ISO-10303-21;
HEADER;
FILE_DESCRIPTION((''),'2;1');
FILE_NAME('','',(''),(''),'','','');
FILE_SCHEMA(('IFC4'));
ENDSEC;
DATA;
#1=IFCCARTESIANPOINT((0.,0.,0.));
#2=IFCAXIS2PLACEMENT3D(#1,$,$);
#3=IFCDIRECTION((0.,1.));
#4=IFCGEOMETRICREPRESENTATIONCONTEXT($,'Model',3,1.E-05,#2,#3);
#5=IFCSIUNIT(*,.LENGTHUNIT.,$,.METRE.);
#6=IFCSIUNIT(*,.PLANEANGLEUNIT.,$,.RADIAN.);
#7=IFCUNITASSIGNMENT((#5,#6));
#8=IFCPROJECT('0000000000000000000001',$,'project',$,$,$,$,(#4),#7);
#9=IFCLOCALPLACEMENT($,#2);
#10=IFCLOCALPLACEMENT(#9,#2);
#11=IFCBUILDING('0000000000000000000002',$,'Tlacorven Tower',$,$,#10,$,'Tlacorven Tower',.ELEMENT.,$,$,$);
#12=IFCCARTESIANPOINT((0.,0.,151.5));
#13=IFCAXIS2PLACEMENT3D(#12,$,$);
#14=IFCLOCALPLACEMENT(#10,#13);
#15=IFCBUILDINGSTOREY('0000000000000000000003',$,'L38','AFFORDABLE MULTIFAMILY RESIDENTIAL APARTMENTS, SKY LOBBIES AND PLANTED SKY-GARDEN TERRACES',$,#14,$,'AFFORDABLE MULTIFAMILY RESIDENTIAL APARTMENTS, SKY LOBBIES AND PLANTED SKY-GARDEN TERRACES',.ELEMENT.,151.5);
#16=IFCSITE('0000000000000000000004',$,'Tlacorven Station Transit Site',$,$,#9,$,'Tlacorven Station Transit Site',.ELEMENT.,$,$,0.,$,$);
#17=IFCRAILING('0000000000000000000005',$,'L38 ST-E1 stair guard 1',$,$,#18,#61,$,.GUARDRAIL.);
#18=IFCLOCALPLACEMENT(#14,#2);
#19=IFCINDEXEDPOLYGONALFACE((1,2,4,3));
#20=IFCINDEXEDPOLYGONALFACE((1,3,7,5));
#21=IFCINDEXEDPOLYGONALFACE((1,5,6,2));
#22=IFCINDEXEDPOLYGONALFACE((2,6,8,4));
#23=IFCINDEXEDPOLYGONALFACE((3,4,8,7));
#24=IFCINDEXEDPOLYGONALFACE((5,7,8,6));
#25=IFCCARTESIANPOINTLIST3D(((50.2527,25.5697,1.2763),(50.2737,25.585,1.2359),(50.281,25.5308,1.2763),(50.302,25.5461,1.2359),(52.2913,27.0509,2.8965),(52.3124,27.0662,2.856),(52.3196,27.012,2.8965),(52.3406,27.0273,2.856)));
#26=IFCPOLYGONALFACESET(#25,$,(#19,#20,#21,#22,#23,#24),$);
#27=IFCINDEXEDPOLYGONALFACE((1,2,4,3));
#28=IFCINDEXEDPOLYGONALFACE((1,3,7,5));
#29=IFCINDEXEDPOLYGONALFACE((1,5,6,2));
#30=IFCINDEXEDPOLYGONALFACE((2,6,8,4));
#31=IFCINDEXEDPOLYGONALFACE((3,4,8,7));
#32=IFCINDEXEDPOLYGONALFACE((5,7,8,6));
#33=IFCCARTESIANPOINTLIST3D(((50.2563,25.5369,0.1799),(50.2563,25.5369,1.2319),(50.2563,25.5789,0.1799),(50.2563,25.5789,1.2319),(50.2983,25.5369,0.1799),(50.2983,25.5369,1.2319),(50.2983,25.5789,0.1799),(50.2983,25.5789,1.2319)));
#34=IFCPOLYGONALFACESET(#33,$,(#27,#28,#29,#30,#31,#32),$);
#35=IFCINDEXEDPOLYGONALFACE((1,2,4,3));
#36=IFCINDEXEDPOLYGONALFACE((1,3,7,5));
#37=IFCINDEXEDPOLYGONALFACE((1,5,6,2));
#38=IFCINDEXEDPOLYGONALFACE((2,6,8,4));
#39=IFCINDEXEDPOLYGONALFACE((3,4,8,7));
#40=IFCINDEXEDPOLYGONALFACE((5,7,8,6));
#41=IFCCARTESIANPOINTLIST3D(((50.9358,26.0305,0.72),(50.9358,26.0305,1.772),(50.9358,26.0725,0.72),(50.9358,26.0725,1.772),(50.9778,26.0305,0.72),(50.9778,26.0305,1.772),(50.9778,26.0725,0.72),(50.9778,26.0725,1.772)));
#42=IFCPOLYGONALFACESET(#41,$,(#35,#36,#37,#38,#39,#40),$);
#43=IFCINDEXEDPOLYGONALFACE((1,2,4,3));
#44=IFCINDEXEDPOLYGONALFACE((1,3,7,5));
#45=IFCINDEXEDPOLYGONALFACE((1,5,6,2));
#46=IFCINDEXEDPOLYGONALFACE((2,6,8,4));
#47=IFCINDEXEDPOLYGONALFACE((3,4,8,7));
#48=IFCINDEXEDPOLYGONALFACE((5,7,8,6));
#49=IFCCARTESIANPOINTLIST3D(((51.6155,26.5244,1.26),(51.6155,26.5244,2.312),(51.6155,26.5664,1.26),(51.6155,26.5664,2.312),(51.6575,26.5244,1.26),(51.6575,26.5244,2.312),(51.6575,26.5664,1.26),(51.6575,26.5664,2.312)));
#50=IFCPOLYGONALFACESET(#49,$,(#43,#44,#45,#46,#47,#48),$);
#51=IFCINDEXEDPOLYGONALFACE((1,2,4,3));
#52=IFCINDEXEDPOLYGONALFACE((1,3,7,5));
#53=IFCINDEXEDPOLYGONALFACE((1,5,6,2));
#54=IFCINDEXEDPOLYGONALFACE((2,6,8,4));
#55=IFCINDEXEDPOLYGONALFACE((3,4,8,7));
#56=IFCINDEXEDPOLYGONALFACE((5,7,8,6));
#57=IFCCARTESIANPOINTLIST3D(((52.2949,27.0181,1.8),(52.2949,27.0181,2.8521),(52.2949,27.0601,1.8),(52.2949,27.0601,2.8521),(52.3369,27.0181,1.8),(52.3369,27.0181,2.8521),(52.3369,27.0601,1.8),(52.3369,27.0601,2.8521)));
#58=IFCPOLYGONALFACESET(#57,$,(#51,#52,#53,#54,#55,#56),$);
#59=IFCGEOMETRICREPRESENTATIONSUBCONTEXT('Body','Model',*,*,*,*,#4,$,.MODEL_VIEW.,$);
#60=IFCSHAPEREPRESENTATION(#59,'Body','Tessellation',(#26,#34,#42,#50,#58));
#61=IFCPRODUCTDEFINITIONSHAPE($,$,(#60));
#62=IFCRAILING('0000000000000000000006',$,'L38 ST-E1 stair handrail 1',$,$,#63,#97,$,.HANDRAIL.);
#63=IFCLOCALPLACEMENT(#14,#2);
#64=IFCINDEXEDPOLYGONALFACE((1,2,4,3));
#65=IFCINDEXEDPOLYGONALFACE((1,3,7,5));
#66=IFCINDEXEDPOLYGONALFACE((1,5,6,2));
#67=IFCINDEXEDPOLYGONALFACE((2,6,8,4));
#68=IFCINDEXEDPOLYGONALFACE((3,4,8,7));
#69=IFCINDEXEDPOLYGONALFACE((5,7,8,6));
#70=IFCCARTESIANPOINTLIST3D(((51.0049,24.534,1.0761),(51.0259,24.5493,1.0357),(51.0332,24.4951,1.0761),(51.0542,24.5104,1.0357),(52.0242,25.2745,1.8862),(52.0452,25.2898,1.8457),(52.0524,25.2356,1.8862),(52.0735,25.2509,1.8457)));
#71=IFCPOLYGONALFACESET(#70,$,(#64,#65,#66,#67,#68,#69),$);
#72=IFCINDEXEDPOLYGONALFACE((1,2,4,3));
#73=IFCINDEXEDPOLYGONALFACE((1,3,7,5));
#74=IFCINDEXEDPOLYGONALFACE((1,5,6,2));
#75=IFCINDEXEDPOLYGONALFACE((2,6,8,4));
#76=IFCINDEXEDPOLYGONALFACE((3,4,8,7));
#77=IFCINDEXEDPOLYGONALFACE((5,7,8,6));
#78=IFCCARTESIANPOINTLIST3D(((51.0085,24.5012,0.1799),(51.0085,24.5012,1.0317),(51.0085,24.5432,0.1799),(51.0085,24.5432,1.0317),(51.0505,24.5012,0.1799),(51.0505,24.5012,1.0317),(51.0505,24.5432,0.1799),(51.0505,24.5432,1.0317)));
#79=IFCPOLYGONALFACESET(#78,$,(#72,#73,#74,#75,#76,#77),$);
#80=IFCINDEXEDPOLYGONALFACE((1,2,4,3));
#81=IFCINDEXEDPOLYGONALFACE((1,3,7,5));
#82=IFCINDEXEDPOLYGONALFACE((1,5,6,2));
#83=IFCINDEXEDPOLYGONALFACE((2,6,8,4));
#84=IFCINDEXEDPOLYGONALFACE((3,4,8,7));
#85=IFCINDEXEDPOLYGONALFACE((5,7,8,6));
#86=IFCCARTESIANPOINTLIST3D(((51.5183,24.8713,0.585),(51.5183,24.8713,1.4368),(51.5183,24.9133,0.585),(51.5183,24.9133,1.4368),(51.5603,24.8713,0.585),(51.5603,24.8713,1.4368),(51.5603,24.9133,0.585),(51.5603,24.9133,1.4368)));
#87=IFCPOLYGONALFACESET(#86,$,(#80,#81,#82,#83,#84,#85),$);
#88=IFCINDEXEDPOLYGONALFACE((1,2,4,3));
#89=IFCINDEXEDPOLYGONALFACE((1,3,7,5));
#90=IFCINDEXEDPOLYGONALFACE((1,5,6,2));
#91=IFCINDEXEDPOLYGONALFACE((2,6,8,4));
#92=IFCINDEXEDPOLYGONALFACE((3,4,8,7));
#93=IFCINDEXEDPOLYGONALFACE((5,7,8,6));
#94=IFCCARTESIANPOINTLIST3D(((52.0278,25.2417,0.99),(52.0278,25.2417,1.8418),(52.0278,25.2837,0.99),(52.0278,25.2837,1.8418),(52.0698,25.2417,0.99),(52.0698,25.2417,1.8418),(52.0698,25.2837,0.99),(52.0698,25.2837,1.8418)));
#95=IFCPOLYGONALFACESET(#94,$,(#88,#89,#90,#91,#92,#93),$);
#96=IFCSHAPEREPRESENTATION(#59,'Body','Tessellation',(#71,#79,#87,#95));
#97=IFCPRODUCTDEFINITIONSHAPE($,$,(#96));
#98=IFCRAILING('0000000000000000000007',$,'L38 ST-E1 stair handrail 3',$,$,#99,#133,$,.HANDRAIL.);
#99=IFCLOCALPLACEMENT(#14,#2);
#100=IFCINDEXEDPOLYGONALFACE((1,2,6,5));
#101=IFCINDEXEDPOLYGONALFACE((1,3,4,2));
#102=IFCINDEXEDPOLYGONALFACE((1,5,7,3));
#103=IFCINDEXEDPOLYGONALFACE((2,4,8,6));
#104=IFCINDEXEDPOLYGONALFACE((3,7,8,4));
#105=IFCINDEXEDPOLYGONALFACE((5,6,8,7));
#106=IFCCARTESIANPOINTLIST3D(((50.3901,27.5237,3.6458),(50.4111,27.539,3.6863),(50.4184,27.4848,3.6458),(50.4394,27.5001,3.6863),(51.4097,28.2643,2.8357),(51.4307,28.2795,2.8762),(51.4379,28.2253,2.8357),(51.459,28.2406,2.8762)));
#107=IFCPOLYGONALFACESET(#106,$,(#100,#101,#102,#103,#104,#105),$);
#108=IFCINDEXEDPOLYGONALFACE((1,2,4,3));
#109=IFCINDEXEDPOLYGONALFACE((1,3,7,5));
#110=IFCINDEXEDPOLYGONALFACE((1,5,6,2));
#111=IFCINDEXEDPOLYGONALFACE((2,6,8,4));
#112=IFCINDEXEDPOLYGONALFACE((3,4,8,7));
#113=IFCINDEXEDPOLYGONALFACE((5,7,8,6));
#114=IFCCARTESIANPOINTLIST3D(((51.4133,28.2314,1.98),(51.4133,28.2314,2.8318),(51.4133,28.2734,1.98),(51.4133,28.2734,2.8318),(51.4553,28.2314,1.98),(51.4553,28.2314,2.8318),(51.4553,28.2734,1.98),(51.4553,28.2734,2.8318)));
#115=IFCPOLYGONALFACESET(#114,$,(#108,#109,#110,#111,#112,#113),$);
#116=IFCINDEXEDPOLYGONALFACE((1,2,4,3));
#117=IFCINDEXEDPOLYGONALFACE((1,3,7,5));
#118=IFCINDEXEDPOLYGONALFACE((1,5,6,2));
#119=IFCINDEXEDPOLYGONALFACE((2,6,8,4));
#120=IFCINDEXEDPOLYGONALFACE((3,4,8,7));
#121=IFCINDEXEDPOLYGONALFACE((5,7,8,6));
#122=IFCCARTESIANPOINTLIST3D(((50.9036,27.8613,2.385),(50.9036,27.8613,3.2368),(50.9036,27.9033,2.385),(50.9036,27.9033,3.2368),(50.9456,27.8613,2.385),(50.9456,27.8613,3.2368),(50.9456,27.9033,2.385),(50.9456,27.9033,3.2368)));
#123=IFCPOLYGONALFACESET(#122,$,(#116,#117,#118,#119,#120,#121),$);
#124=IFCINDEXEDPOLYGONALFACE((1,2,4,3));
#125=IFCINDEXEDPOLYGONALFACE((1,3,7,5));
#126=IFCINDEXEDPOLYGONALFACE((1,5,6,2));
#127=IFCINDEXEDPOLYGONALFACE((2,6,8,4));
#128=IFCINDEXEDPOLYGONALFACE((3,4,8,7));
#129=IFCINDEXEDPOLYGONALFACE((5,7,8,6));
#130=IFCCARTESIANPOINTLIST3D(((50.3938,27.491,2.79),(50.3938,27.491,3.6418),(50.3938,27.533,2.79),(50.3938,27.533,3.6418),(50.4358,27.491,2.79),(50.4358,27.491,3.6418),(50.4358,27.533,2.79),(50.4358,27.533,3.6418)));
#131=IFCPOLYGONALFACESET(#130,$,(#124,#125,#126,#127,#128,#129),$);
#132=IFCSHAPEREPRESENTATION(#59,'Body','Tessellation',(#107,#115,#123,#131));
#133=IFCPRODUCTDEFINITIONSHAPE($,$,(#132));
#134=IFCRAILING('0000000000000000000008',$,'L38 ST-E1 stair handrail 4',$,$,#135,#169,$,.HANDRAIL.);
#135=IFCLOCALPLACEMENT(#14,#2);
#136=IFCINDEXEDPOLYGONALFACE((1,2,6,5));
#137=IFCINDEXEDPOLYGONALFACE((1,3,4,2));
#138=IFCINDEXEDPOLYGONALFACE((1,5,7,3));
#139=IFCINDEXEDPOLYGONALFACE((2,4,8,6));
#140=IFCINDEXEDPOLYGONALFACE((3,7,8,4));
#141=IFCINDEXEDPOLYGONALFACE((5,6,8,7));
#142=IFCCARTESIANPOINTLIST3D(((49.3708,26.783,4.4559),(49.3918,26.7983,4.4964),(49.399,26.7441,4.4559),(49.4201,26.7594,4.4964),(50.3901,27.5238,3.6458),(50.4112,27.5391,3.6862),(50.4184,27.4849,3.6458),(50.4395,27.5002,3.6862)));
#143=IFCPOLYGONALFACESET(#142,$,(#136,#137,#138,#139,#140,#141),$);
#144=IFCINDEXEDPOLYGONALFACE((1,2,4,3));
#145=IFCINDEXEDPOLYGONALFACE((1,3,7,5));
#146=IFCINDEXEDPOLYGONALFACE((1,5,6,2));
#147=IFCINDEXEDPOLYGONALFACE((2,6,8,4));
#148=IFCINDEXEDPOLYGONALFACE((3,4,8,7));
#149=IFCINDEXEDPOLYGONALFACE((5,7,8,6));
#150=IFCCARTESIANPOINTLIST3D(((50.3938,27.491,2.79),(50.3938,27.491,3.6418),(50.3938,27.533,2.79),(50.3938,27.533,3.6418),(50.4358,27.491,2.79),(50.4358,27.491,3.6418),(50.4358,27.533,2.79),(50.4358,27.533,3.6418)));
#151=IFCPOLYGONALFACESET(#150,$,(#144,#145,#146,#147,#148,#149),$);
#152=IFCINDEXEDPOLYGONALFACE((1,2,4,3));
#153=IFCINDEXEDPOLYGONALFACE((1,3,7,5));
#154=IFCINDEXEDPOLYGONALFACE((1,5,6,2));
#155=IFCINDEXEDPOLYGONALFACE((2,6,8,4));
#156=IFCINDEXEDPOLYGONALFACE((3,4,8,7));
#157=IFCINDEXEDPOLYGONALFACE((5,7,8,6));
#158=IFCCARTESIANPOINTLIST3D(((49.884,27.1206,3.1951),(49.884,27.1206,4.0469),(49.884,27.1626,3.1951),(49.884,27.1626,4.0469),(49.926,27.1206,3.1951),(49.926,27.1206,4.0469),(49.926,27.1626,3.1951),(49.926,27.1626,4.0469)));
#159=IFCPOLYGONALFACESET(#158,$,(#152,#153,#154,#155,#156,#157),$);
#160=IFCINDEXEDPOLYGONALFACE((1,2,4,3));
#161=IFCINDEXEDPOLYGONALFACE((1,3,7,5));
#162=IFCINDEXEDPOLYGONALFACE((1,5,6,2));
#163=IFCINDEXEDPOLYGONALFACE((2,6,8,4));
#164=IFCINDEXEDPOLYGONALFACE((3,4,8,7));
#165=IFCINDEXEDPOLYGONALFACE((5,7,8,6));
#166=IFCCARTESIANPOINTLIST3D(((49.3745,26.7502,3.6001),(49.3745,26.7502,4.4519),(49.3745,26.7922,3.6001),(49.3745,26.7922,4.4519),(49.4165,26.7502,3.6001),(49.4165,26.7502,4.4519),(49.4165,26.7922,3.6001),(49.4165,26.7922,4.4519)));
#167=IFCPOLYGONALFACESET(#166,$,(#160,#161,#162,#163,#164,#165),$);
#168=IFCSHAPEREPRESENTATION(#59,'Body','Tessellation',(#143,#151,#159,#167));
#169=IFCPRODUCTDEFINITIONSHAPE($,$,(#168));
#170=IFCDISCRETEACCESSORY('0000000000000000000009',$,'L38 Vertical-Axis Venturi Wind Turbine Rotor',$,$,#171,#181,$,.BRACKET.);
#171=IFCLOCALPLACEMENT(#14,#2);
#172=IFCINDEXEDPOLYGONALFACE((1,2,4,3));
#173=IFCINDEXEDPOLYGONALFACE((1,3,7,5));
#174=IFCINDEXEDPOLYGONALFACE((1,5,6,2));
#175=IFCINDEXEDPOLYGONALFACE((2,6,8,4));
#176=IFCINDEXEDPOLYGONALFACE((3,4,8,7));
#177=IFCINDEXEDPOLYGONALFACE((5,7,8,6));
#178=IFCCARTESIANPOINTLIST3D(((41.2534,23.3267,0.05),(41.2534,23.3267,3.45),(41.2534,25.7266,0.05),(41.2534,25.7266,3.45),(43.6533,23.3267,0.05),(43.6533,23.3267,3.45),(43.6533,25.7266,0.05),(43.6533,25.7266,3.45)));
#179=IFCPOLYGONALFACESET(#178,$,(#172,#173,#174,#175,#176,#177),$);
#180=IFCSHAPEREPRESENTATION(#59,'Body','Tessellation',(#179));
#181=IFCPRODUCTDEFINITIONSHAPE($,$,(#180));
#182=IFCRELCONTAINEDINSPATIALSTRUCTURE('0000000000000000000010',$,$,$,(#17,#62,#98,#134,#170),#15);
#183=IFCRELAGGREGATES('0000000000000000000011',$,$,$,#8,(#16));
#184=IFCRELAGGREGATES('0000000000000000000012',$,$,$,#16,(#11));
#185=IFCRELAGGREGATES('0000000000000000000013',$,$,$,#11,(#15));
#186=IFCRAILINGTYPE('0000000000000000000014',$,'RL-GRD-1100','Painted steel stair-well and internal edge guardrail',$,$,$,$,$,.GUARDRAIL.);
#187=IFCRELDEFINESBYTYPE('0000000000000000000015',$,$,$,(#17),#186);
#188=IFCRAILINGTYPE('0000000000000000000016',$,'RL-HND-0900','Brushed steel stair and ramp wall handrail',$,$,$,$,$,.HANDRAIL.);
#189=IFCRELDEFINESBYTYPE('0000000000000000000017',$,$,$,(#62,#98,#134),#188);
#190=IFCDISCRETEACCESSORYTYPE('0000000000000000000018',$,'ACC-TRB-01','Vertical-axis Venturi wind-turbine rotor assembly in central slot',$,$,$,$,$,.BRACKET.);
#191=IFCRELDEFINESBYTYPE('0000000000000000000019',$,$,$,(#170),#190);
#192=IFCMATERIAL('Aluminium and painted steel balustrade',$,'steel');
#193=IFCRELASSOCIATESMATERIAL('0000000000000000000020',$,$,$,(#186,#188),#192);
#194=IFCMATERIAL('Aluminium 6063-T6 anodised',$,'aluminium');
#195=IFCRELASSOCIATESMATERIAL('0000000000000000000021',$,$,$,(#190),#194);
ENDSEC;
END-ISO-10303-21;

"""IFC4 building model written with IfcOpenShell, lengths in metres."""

from ifc_helpers import new_model, si_unit, direction, frame, origin, origin_2d, place, context, subcontext, project, spatial, rectangle, extrude, source, transform, mapped, material, type_object, element, save


model = new_model("IFC4")

# Units and contexts
model_context = context("Model", 3, precision=1e-05, world=origin(), true_north=direction((0.0, 1.0)))
body_context = subcontext(model_context, "Body", "Model", "MODEL_VIEW")
ifc_project = project(units=[si_unit("LENGTHUNIT", "METRE"), si_unit("PLANEANGLEUNIT", "RADIAN")], contexts=[model_context])

# Site, building, storey
site_placement = place(None, origin())
site = spatial("IfcSite", under=ifc_project, at=site_placement, Name="Tlacorven Station Transit Site", LongName="Tlacorven Station Transit Site", CompositionType="ELEMENT", RefElevation=0.0)
building_placement = place(site_placement, origin())
building = spatial("IfcBuilding", under=site, at=building_placement, Name="Tlacorven Tower", LongName="Tlacorven Tower", CompositionType="ELEMENT")
storey_placement = place(building_placement, frame((0.0, 0.0, 151.5)))
storey = spatial("IfcBuildingStorey", under=building, at=storey_placement, Name="L38", Description="AFFORDABLE MULTIFAMILY RESIDENTIAL APARTMENTS, SKY LOBBIES AND PLANTED SKY-GARDEN TERRACES", LongName="AFFORDABLE MULTIFAMILY RESIDENTIAL APARTMENTS, SKY LOBBIES AND PLANTED SKY-GARDEN TERRACES", CompositionType="ELEMENT", Elevation=151.5)

# Railings
ifc_material_1 = material(Name="Aluminium and painted steel balustrade", Category="steel")
railing_type_1 = type_object("IfcRailingType", Name="RL-GRD-1100", Description="Painted steel stair-well and internal edge guardrail", PredefinedType="GUARDRAIL", material=ifc_material_1)
shared_shape_1 = source(origin(), body_context, "Body", "SweptSolid", [
    extrude(rectangle(XDim=0.0481, YDim=0.0481, at=origin_2d()), frame((0.0, 0.0, 1.0762), z_axis=(0.680489, 0.494434, 0.540805), x_axis=(-0.587809, 0.809, 0.0)), (0.0, 0.0, 1.0), 2.9958),
    extrude(rectangle(XDim=0.042, YDim=0.042, at=origin_2d()), origin(), (0.0, 0.0, 1.0), 1.052),
    extrude(rectangle(XDim=0.042, YDim=0.042, at=origin_2d()), frame((0.6794, 0.4937, 0.54)), (0.0, 0.0, 1.0), 1.052),
    extrude(rectangle(XDim=0.042, YDim=0.042, at=origin_2d()), frame((1.3591, 0.9875, 1.0801)), (0.0, 0.0, 1.0), 1.052),
    extrude(rectangle(XDim=0.042, YDim=0.042, at=origin_2d()), frame((2.0386, 1.4812, 1.6201)), (0.0, 0.0, 1.0), 1.052),
])
railing_1_placement = place(storey_placement, frame((50.2773, 25.5579, 0.1799)))
element("IfcRailing", 1, at=railing_1_placement, inside=storey, type_object=railing_type_1, Name="L38 ST-E1 stair guard 1", PredefinedType="GUARDRAIL", context=body_context, shape_type="MappedRepresentation", body=[
    mapped(shared_shape_1, transform((0.0, 0.0, 0.0), scale=1.0)),
])
railing_type_2 = type_object("IfcRailingType", Name="RL-HND-0900", Description="Brushed steel stair and ramp wall handrail", PredefinedType="HANDRAIL", material=ifc_material_1)
shared_shape_2 = source(origin(), body_context, "Body", "SweptSolid", [
    extrude(rectangle(XDim=0.0481, YDim=0.0481, at=origin_2d()), frame((0.0, 0.0, 0.876), z_axis=(0.680516, 0.494373, 0.540827), x_axis=(-0.587745, 0.809046, 0.0)), (0.0, 0.0, 1.0), 1.4978),
    extrude(rectangle(XDim=0.042, YDim=0.042, at=origin_2d()), origin(), (0.0, 0.0, 1.0), 0.8518),
    extrude(rectangle(XDim=0.042, YDim=0.042, at=origin_2d()), frame((0.5098, 0.3701, 0.405)), (0.0, 0.0, 1.0), 0.8518),
    extrude(rectangle(XDim=0.042, YDim=0.042, at=origin_2d()), frame((1.0193, 0.7405, 0.8101)), (0.0, 0.0, 1.0), 0.8518),
])
railing_2_placement = place(storey_placement, frame((51.0295, 24.5222, 0.1799)))
element("IfcRailing", 2, at=railing_2_placement, inside=storey, type_object=railing_type_2, Name="L38 ST-E1 stair handrail 1", PredefinedType="HANDRAIL", context=body_context, shape_type="MappedRepresentation", body=[
    mapped(shared_shape_2, transform((0.0, 0.0, 0.0), scale=1.0)),
])
shared_shape_3 = source(origin(), body_context, "Body", "SweptSolid", [
    extrude(rectangle(XDim=0.0481, YDim=0.0481, at=origin_2d()), frame((0.0, 0.0, 0.876), z_axis=(-0.680604, -0.494318, 0.540767), x_axis=(0.587653, -0.809113, 0.0)), (0.0, 0.0, 1.0), 1.498),
    extrude(rectangle(XDim=0.042, YDim=0.042, at=origin_2d()), origin(), (0.0, 0.0, 1.0), 0.8518),
    extrude(rectangle(XDim=0.042, YDim=0.042, at=origin_2d()), frame((-0.5098, -0.3701, 0.405)), (0.0, 0.0, 1.0), 0.8518),
    extrude(rectangle(XDim=0.042, YDim=0.042, at=origin_2d()), frame((-1.0195, -0.7405, 0.8101)), (0.0, 0.0, 1.0), 0.8518),
])
railing_3_placement = place(storey_placement, frame((51.4343, 28.2524, 1.98)))
element("IfcRailing", 3, at=railing_3_placement, inside=storey, type_object=railing_type_2, Name="L38 ST-E1 stair handrail 3", PredefinedType="HANDRAIL", context=body_context, shape_type="MappedRepresentation", body=[
    mapped(shared_shape_3, transform((0.0, 0.0, 0.0), scale=1.0)),
])
shared_shape_4 = source(origin(), body_context, "Body", "SweptSolid", [
    extrude(rectangle(XDim=0.0481, YDim=0.0481, at=origin_2d()), frame((0.0, 0.0, 0.876), z_axis=(-0.680461, -0.494496, 0.540783), x_axis=(0.587872, -0.808954, 0.0)), (0.0, 0.0, 1.0), 1.498),
    extrude(rectangle(XDim=0.042, YDim=0.042, at=origin_2d()), origin(), (0.0, 0.0, 1.0), 0.8518),
    extrude(rectangle(XDim=0.042, YDim=0.042, at=origin_2d()), frame((-0.5098, -0.3704, 0.405)), (0.0, 0.0, 1.0), 0.8518),
    extrude(rectangle(XDim=0.042, YDim=0.042, at=origin_2d()), frame((-1.0193, -0.7407, 0.8101)), (0.0, 0.0, 1.0), 0.8518),
])
railing_4_placement = place(storey_placement, frame((50.4148, 27.512, 2.79)))
element("IfcRailing", 4, at=railing_4_placement, inside=storey, type_object=railing_type_2, Name="L38 ST-E1 stair handrail 4", PredefinedType="HANDRAIL", context=body_context, shape_type="MappedRepresentation", body=[
    mapped(shared_shape_4, transform((0.0, 0.0, 0.0), scale=1.0)),
])

# Discrete accessory
ifc_material_2 = material(Name="Aluminium 6063-T6 anodised", Category="aluminium")
discrete_accessory_type = type_object("IfcDiscreteAccessoryType", Name="ACC-TRB-01", Description="Vertical-axis Venturi wind-turbine rotor assembly in central slot", PredefinedType="BRACKET", material=ifc_material_2)
shared_shape_5 = source(origin(), body_context, "Body", "SweptSolid", [
    extrude(rectangle(XDim=2.3999, YDim=2.3999, at=origin_2d()), origin(), (0.0, 0.0, 1.0), 3.3999),
])
discrete_accessory_placement = place(storey_placement, frame((42.4534, 24.5266, 0.05), z_axis=(0.0, 0.0, 1.0), x_axis=(1.0, 0.0, 0.0)))
element("IfcDiscreteAccessory", 5, at=discrete_accessory_placement, inside=storey, type_object=discrete_accessory_type, Name="L38 Vertical-Axis Venturi Wind Turbine Rotor", PredefinedType="BRACKET", context=body_context, shape_type="MappedRepresentation", body=[
    mapped(shared_shape_5, transform((0.0, 0.0, 0.0), scale=1.0)),
])

save(model, "model.ifc")
